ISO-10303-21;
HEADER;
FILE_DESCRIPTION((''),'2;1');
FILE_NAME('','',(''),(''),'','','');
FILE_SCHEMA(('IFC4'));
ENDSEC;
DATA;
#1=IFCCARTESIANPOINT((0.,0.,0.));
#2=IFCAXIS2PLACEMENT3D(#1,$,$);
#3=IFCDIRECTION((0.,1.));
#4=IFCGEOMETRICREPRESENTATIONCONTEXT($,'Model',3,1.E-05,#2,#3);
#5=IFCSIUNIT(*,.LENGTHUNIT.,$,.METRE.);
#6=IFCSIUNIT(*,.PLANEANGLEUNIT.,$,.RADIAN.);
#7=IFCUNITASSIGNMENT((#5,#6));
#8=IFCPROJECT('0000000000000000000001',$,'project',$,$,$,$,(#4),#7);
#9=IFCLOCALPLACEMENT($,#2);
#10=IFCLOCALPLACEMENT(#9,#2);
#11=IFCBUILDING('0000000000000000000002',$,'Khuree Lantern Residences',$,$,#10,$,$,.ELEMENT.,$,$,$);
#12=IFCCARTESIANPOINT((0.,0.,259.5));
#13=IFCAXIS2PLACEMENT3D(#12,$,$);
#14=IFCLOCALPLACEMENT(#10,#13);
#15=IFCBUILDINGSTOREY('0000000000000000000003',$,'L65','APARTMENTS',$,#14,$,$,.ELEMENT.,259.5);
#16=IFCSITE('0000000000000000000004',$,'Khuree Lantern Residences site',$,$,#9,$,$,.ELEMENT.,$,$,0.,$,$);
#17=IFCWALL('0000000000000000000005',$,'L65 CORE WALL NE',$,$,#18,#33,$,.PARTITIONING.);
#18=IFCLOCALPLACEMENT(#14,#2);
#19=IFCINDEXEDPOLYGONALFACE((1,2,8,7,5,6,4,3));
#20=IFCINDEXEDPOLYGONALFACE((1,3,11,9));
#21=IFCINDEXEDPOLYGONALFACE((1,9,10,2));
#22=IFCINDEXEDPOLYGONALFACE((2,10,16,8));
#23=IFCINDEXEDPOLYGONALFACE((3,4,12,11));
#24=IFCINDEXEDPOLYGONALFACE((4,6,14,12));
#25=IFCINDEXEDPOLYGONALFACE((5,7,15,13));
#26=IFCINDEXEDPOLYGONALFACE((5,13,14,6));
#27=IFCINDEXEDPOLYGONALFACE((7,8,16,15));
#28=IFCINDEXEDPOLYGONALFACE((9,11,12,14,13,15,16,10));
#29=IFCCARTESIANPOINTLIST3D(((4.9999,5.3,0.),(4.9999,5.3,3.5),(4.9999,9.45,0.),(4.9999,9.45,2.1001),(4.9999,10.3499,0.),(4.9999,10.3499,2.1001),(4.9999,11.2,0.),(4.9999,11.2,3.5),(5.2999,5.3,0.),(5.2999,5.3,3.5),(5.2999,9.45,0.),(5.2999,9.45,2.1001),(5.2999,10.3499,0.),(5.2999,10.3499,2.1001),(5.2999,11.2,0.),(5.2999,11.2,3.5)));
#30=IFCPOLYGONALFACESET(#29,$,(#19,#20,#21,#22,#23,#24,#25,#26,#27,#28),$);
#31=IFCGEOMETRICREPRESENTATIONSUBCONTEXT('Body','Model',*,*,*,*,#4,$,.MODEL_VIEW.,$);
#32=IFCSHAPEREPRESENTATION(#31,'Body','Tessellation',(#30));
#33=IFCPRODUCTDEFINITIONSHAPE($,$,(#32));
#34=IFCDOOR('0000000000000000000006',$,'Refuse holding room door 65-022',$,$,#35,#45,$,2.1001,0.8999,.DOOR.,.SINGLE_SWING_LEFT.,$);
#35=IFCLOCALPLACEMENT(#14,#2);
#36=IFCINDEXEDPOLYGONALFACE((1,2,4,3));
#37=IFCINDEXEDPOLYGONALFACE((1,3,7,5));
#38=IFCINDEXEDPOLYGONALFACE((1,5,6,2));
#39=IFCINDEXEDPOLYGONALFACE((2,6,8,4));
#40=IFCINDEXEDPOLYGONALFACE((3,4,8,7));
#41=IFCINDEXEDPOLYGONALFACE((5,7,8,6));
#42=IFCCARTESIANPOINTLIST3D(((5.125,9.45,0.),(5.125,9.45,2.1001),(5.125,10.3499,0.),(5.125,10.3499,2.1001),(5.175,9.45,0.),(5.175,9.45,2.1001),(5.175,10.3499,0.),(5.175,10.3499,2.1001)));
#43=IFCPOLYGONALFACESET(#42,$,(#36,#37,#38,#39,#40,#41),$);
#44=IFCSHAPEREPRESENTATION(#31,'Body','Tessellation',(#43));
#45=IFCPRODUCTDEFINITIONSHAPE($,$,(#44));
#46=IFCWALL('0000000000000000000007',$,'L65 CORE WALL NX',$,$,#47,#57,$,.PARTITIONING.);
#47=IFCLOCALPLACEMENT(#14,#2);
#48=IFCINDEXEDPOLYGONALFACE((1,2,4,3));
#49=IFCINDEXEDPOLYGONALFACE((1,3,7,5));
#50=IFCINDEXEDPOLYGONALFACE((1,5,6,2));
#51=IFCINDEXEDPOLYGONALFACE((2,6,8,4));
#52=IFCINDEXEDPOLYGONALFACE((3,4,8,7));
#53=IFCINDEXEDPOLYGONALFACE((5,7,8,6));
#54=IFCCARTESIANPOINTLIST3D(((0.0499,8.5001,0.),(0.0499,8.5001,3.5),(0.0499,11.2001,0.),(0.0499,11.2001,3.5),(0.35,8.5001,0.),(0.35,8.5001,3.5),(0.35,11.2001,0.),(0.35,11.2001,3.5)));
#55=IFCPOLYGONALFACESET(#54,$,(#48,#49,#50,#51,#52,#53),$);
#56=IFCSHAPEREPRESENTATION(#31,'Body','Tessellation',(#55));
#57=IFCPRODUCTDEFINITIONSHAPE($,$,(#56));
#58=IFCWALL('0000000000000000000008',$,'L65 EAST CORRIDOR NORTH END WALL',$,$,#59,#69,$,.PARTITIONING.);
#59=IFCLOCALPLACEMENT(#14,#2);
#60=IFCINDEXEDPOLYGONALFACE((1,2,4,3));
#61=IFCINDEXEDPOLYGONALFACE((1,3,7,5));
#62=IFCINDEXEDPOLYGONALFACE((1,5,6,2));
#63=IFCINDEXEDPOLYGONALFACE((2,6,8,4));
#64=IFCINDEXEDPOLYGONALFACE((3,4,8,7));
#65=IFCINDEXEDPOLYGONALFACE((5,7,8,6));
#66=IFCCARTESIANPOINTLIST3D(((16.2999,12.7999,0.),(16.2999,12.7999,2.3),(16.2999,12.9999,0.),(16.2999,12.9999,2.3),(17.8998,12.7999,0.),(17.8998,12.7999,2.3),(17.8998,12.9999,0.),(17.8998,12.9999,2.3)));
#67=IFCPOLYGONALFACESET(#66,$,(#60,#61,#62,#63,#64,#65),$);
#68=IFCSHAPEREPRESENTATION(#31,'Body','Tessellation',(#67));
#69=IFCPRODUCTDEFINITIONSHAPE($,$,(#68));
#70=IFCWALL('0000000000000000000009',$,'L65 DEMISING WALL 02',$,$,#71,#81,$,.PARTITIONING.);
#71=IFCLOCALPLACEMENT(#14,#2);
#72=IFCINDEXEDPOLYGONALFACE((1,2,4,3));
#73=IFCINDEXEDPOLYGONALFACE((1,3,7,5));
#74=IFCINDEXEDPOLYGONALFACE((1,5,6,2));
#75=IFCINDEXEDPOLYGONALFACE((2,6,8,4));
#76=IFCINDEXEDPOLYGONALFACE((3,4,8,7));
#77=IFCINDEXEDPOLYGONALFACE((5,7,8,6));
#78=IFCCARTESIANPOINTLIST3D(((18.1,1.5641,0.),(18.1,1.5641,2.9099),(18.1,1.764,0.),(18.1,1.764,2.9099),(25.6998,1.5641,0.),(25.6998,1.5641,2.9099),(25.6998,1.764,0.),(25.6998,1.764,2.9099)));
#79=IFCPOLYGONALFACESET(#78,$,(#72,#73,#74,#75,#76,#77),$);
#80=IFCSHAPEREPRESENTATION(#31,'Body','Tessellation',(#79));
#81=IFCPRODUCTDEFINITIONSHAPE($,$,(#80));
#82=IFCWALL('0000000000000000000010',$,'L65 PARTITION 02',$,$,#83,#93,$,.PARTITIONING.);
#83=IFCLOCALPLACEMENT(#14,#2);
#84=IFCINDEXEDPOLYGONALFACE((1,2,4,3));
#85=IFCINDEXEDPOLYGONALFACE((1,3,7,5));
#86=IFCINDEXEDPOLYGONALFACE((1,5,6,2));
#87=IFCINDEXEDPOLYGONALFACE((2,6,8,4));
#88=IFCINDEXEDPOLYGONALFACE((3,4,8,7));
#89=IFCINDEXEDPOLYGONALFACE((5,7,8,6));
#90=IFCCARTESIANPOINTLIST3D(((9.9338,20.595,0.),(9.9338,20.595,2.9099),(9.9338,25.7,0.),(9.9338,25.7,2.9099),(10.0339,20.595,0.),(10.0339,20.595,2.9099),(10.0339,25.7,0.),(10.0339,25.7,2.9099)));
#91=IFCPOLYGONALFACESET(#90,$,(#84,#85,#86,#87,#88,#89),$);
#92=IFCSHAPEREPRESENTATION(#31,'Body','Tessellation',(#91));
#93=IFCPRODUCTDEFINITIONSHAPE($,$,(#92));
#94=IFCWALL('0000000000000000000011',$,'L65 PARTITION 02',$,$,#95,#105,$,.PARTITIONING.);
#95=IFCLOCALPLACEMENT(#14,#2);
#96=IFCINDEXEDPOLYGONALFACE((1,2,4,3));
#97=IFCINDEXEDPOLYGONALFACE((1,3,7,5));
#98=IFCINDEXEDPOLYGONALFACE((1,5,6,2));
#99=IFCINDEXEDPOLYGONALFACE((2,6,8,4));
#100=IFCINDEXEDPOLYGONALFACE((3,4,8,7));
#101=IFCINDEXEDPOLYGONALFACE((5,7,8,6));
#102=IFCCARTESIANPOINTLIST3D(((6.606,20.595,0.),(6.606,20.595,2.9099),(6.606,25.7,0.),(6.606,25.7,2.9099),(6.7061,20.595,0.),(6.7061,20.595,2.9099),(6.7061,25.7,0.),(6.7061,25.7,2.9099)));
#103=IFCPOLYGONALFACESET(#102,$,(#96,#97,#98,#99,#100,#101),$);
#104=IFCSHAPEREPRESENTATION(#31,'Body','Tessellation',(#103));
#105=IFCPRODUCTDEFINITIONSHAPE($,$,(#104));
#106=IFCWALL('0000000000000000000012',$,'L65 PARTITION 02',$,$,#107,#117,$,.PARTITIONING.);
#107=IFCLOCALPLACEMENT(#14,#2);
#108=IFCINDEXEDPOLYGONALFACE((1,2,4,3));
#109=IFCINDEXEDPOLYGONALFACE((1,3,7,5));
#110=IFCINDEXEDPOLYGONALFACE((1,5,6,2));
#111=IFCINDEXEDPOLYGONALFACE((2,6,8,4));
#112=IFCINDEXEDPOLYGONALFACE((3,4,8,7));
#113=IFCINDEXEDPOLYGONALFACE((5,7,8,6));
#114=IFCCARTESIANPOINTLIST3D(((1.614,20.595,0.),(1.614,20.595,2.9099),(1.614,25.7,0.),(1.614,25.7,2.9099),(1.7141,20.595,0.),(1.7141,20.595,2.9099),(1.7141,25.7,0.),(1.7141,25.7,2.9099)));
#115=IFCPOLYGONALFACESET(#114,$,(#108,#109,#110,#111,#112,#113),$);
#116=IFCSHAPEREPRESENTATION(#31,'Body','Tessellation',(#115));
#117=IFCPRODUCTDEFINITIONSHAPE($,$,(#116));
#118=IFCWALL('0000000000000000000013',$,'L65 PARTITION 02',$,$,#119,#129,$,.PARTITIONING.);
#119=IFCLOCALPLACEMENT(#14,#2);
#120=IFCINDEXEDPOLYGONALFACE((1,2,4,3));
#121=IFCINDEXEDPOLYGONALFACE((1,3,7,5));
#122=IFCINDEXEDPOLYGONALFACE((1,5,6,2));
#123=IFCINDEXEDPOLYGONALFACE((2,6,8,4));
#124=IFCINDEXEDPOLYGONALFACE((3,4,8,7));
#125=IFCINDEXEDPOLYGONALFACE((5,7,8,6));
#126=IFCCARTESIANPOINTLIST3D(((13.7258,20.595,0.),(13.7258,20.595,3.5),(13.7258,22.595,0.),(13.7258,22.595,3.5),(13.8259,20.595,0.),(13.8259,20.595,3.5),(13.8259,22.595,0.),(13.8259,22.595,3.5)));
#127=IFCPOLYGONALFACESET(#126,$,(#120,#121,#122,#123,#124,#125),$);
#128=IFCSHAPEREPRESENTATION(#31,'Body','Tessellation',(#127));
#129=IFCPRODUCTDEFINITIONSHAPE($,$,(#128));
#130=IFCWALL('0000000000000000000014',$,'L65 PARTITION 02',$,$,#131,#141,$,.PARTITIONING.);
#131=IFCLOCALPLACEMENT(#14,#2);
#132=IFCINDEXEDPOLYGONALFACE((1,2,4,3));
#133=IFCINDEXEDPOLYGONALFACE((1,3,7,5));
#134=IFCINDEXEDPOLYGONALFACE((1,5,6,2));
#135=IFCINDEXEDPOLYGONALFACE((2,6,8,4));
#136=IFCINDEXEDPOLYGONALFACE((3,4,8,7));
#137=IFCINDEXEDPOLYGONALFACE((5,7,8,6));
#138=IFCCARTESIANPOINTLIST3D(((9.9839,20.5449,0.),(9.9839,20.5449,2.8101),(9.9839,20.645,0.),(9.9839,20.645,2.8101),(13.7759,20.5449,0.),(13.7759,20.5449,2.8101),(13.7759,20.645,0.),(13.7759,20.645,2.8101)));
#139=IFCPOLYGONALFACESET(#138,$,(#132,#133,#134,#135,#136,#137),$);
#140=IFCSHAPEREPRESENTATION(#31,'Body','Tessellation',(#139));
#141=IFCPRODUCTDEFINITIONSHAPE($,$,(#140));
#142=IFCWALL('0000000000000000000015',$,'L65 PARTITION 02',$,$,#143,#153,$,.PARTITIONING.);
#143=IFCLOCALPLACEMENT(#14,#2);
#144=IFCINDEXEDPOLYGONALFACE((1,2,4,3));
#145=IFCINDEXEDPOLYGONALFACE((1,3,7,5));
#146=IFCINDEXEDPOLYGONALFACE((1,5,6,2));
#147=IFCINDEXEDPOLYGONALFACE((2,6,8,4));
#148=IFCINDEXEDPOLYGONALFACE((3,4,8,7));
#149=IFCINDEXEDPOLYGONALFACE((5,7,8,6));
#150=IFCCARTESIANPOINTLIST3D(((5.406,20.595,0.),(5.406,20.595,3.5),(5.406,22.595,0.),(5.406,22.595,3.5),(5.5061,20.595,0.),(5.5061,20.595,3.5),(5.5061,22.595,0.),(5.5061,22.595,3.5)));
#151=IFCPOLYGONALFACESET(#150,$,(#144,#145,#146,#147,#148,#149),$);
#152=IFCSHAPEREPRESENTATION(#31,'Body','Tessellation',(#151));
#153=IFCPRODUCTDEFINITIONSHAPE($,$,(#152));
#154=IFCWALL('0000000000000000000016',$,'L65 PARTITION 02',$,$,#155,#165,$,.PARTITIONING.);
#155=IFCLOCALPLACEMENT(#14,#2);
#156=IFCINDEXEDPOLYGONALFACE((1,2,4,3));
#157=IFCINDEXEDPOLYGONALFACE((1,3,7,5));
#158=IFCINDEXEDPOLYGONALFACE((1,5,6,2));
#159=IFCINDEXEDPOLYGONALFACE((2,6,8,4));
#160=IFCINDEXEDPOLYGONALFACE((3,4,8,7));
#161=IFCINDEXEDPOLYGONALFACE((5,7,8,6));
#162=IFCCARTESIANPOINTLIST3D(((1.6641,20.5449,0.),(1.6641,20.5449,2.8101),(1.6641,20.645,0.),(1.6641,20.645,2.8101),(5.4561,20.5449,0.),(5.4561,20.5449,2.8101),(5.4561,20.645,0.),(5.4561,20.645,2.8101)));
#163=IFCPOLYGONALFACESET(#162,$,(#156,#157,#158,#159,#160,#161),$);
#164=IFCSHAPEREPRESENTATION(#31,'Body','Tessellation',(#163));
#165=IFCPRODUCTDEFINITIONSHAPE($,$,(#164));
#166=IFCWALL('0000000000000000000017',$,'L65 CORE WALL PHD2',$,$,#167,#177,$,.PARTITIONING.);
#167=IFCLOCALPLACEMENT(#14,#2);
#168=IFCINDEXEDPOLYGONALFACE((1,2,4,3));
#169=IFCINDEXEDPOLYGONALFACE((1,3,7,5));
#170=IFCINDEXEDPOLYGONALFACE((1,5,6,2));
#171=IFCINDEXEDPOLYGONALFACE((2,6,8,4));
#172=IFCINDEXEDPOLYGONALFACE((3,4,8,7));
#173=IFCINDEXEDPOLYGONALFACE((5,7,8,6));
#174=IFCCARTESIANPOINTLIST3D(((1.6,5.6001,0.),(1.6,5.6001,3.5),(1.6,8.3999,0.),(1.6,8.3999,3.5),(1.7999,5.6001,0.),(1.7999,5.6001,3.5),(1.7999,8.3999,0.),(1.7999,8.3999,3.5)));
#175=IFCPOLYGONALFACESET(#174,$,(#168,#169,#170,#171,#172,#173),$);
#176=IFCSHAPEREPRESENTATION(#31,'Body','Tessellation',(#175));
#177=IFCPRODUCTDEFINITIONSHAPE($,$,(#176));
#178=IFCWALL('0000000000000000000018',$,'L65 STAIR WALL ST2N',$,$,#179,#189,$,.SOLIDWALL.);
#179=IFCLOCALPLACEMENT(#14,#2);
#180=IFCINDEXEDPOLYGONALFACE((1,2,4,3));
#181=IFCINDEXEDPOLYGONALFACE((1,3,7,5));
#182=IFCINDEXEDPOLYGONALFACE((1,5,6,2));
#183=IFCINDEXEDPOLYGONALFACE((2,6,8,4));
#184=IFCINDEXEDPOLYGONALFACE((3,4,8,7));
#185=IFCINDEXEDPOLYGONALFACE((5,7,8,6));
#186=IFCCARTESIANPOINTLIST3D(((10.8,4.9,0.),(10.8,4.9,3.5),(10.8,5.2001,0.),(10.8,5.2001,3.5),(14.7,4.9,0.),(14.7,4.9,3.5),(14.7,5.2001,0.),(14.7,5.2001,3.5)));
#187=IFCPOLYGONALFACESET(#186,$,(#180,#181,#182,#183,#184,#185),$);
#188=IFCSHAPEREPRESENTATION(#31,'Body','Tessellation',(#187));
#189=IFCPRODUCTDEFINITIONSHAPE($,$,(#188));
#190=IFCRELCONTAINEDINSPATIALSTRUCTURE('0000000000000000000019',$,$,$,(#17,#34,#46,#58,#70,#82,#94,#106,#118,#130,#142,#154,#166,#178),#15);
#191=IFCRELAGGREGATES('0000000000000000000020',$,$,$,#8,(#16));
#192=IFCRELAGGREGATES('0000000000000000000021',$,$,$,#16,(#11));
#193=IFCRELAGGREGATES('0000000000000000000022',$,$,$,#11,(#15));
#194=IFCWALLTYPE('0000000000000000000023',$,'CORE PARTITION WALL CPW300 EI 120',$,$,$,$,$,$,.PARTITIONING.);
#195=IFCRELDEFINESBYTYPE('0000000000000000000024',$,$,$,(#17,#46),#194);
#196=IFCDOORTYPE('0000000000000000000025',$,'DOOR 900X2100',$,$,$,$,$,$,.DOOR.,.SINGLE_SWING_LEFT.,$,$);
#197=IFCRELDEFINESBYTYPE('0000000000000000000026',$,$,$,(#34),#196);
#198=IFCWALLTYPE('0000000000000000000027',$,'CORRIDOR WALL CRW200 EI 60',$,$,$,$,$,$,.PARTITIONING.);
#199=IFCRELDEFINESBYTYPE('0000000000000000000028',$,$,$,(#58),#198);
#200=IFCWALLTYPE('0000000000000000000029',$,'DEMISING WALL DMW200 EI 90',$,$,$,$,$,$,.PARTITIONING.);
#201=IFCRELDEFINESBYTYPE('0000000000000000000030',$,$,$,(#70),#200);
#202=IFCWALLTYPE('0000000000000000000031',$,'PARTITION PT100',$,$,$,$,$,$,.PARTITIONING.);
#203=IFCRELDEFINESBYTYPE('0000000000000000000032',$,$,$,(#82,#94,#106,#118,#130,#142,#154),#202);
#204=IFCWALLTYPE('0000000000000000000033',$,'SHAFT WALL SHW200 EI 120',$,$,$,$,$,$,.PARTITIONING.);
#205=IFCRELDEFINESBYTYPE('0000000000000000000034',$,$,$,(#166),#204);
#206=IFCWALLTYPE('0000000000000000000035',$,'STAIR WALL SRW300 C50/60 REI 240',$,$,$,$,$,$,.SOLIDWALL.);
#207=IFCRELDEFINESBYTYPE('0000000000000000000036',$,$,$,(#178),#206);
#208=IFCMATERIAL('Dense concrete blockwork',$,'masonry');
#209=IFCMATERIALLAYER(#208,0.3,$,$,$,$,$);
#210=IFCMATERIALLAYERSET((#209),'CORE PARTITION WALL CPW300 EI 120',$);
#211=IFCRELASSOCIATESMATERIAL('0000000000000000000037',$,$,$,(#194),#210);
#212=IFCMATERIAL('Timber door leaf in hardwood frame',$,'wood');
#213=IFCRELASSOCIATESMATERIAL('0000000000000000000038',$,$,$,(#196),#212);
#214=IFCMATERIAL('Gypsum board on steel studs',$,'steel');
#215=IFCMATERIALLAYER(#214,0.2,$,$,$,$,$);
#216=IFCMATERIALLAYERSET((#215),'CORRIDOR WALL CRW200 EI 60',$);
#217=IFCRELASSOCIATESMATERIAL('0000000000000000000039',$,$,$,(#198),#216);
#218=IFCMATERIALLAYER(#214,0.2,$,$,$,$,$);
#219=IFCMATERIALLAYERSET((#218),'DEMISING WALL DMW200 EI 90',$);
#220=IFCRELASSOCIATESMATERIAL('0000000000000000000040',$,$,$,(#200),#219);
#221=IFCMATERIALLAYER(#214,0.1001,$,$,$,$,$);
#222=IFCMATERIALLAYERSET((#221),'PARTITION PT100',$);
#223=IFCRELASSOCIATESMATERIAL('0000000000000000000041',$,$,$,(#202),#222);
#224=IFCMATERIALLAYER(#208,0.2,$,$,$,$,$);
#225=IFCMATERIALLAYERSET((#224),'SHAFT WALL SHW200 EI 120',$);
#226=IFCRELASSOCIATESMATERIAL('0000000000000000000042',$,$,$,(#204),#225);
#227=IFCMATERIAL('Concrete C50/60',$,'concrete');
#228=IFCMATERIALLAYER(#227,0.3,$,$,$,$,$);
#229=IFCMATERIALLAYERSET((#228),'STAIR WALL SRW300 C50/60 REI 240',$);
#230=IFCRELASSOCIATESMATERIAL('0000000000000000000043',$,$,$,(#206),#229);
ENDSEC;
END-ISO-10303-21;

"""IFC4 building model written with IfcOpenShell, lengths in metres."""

from ifc_helpers import new_model, si_unit, direction, frame, frame_2d, origin, place, context, subcontext, project, spatial, rectangle, extrude, material, layer, layer_set, type_object, element, fill, save


model = new_model("IFC4")

# Units and contexts
model_context = context("Model", 3, precision=1e-05, world=origin(), true_north=direction((0.0, 1.0)))
body_context = subcontext(model_context, "Body", "Model", "MODEL_VIEW")
ifc_project = project(units=[si_unit("LENGTHUNIT", "METRE"), si_unit("PLANEANGLEUNIT", "RADIAN")], contexts=[model_context])

# Site, building, storey
site_placement = place(None, origin())
site = spatial("IfcSite", under=ifc_project, at=site_placement, Name="Khuree Lantern Residences site", CompositionType="ELEMENT", RefElevation=0.0)
building_placement = place(site_placement, origin())
building = spatial("IfcBuilding", under=site, at=building_placement, Name="Khuree Lantern Residences", CompositionType="ELEMENT")
storey_placement = place(building_placement, frame((0.0, 0.0, 259.5)))
storey = spatial("IfcBuildingStorey", under=building, at=storey_placement, Name="L65", Description="APARTMENTS", CompositionType="ELEMENT", Elevation=259.5)

# Shared definitions
ifc_material_1 = material(Name="Concrete C50/60", Category="concrete")

# Shared definitions
ifc_material_2 = material(Name="Dense concrete blockwork", Category="masonry")
ifc_layer_1 = layer(ifc_material_2, 0.3)
ifc_layer_set_1 = layer_set([ifc_layer_1], Name="CORE PARTITION WALL CPW300 EI 120")
wall_type_1 = type_object("IfcWallType", Name="CORE PARTITION WALL CPW300 EI 120", PredefinedType="PARTITIONING", material=ifc_layer_set_1)

# Wall, opening, door
wall_1_placement = place(storey_placement, frame((5.1499, 5.3, 0.0), z_axis=(0.0, 0.0, 1.0), x_axis=(0.0, 1.0, 0.0)))
wall_1 = element("IfcWall", 1, at=wall_1_placement, inside=storey, type_object=wall_type_1, Name="L65 CORE WALL NE", PredefinedType="PARTITIONING", context=body_context, shape_type="SweptSolid", body=[
    extrude(rectangle(XDim=5.8999, YDim=0.3, at=frame_2d((2.95, 0.0))), origin(), (0.0, 0.0, 1.0), 3.5),
])
opening_placement = place(wall_1_placement, frame((4.1499, 0.0, 0.0)))
opening = element("IfcOpeningElement", 2, at=opening_placement, cuts=wall_1, PredefinedType="OPENING", context=body_context, shape_type="SweptSolid", body=[
    extrude(rectangle(XDim=0.8999, YDim=2.1001, at=frame_2d((0.45, 1.05))), frame((0.0, 0.1602, 0.0), z_axis=(0.0, -1.0, 0.0), x_axis=(1.0, 0.0, 0.0)), (0.0, 0.0, 1.0), 0.3201),
])
ifc_material_3 = material(Name="Timber door leaf in hardwood frame", Category="wood")
door_type = type_object("IfcDoorType", Name="DOOR 900X2100", OperationType="SINGLE_SWING_LEFT", PredefinedType="DOOR", material=ifc_material_3)
door_placement = place(opening_placement, origin())
door = element("IfcDoor", 3, at=door_placement, inside=storey, type_object=door_type, Name="Refuse holding room door 65-022", OperationType="SINGLE_SWING_LEFT", OverallHeight=2.1001, OverallWidth=0.8999, PredefinedType="DOOR", context=body_context, shape_type="SweptSolid", body=[
    extrude(rectangle(XDim=0.8999, YDim=2.1001, at=frame_2d((0.45, 1.05))), frame((0.0, 0.0249, 0.0), z_axis=(0.0, -1.0, 0.0), x_axis=(1.0, 0.0, 0.0)), (0.0, 0.0, 1.0), 0.05),
])
fill(opening, door)

# Walls
wall_2_placement = place(storey_placement, frame((0.2, 8.5, 0.0), z_axis=(0.0, 0.0, 1.0), x_axis=(0.0, 1.0, 0.0)))
element("IfcWall", 4, at=wall_2_placement, inside=storey, type_object=wall_type_1, Name="L65 CORE WALL NX", PredefinedType="PARTITIONING", context=body_context, shape_type="SweptSolid", body=[
    extrude(rectangle(XDim=2.7, YDim=0.3, at=frame_2d((1.3501, 0.0))), origin(), (0.0, 0.0, 1.0), 3.5),
])
ifc_material_4 = material(Name="Gypsum board on steel studs", Category="steel")
ifc_layer_2 = layer(ifc_material_4, 0.2)
ifc_layer_set_2 = layer_set([ifc_layer_2], Name="CORRIDOR WALL CRW200 EI 60")
wall_type_2 = type_object("IfcWallType", Name="CORRIDOR WALL CRW200 EI 60", PredefinedType="PARTITIONING", material=ifc_layer_set_2)
wall_3_placement = place(storey_placement, frame((16.3, 12.8999, 0.0), z_axis=(0.0, 0.0, 1.0), x_axis=(1.0, 0.0, 0.0)))
element("IfcWall", 5, at=wall_3_placement, inside=storey, type_object=wall_type_2, Name="L65 EAST CORRIDOR NORTH END WALL", PredefinedType="PARTITIONING", context=body_context, shape_type="SweptSolid", body=[
    extrude(rectangle(XDim=1.5999, YDim=0.2, at=frame_2d((0.7998, 0.0))), origin(), (0.0, 0.0, 1.0), 2.3),
])
ifc_layer_3 = layer(ifc_material_4, 0.2)
ifc_layer_set_3 = layer_set([ifc_layer_3], Name="DEMISING WALL DMW200 EI 90")
wall_type_3 = type_object("IfcWallType", Name="DEMISING WALL DMW200 EI 90", PredefinedType="PARTITIONING", material=ifc_layer_set_3)
wall_4_placement = place(storey_placement, frame((18.1001, 1.6641, 0.0), z_axis=(0.0, 0.0, 1.0), x_axis=(1.0, 0.0, 0.0)))
element("IfcWall", 6, at=wall_4_placement, inside=storey, type_object=wall_type_3, Name="L65 DEMISING WALL 02", PredefinedType="PARTITIONING", context=body_context, shape_type="SweptSolid", body=[
    extrude(rectangle(XDim=7.5999, YDim=0.2, at=frame_2d((3.7998, 0.0))), origin(), (0.0, 0.0, 1.0), 2.9099),
])
ifc_layer_4 = layer(ifc_material_4, 0.1001)
ifc_layer_set_4 = layer_set([ifc_layer_4], Name="PARTITION PT100")
wall_type_4 = type_object("IfcWallType", Name="PARTITION PT100", PredefinedType="PARTITIONING", material=ifc_layer_set_4)
for number, where, z_axis, x_axis, name in (
    (7, (9.9839, 20.595, 0.0), (0.0, 0.0, 1.0), (0.0, 1.0, 0.0), "L65 PARTITION 02"),
    (8, (6.656, 20.595, 0.0), (0.0, 0.0, 1.0), (0.0, 1.0, 0.0), "L65 PARTITION 02"),
    (9, (1.6641, 20.595, 0.0), (0.0, 0.0, 1.0), (0.0, 1.0, 0.0), "L65 PARTITION 02"),
):
    element("IfcWall", number, at=place(storey_placement, frame(where, z_axis=z_axis, x_axis=x_axis)), inside=storey, type_object=wall_type_4, Name=name, PredefinedType="PARTITIONING", context=body_context, shape_type="SweptSolid", body=[
        extrude(rectangle(XDim=5.105, YDim=0.1001, at=frame_2d((2.5525, 0.0))), origin(), (0.0, 0.0, 1.0), 2.9099),
    ])
wall_5_placement = place(storey_placement, frame((13.7759, 20.595, 0.0), z_axis=(0.0, 0.0, 1.0), x_axis=(0.0, 1.0, 0.0)))
element("IfcWall", 10, at=wall_5_placement, inside=storey, type_object=wall_type_4, Name="L65 PARTITION 02", PredefinedType="PARTITIONING", context=body_context, shape_type="SweptSolid", body=[
    extrude(rectangle(XDim=2.0, YDim=0.1001, at=frame_2d((1.0, 0.0))), origin(), (0.0, 0.0, 1.0), 3.5),
])
wall_6_placement = place(storey_placement, frame((13.7759, 20.595, 0.0), z_axis=(0.0, 0.0, 1.0), x_axis=(-1.0, 0.0, 0.0)))
element("IfcWall", 11, at=wall_6_placement, inside=storey, type_object=wall_type_4, Name="L65 PARTITION 02", PredefinedType="PARTITIONING", context=body_context, shape_type="SweptSolid", body=[
    extrude(rectangle(XDim=3.792, YDim=0.1001, at=frame_2d((1.896, 0.0))), origin(), (0.0, 0.0, 1.0), 2.8101),
])
wall_7_placement = place(storey_placement, frame((5.4561, 20.595, 0.0), z_axis=(0.0, 0.0, 1.0), x_axis=(0.0, 1.0, 0.0)))
element("IfcWall", 12, at=wall_7_placement, inside=storey, type_object=wall_type_4, Name="L65 PARTITION 02", PredefinedType="PARTITIONING", context=body_context, shape_type="SweptSolid", body=[
    extrude(rectangle(XDim=2.0, YDim=0.1001, at=frame_2d((1.0, 0.0))), origin(), (0.0, 0.0, 1.0), 3.5),
])
wall_8_placement = place(storey_placement, frame((5.4561, 20.595, 0.0), z_axis=(0.0, 0.0, 1.0), x_axis=(-1.0, 0.0, 0.0)))
element("IfcWall", 13, at=wall_8_placement, inside=storey, type_object=wall_type_4, Name="L65 PARTITION 02", PredefinedType="PARTITIONING", context=body_context, shape_type="SweptSolid", body=[
    extrude(rectangle(XDim=3.792, YDim=0.1001, at=frame_2d((1.896, 0.0))), origin(), (0.0, 0.0, 1.0), 2.8101),
])
ifc_layer_5 = layer(ifc_material_2, 0.2)
ifc_layer_set_5 = layer_set([ifc_layer_5], Name="SHAFT WALL SHW200 EI 120")
wall_type_5 = type_object("IfcWallType", Name="SHAFT WALL SHW200 EI 120", PredefinedType="PARTITIONING", material=ifc_layer_set_5)
wall_9_placement = place(storey_placement, frame((1.7, 5.6001, 0.0), z_axis=(0.0, 0.0, 1.0), x_axis=(0.0, 1.0, 0.0)))
element("IfcWall", 14, at=wall_9_placement, inside=storey, type_object=wall_type_5, Name="L65 CORE WALL PHD2", PredefinedType="PARTITIONING", context=body_context, shape_type="SweptSolid", body=[
    extrude(rectangle(XDim=2.7998, YDim=0.2, at=frame_2d((1.3999, 0.0))), origin(), (0.0, 0.0, 1.0), 3.5),
])
ifc_layer_6 = layer(ifc_material_1, 0.3)
ifc_layer_set_6 = layer_set([ifc_layer_6], Name="STAIR WALL SRW300 C50/60 REI 240")
wall_type_6 = type_object("IfcWallType", Name="STAIR WALL SRW300 C50/60 REI 240", PredefinedType="SOLIDWALL", material=ifc_layer_set_6)
wall_10_placement = place(storey_placement, frame((14.7, 5.05, 0.0), z_axis=(0.0, 0.0, 1.0), x_axis=(-1.0, 0.0, 0.0)))
element("IfcWall", 15, at=wall_10_placement, inside=storey, type_object=wall_type_6, Name="L65 STAIR WALL ST2N", PredefinedType="SOLIDWALL", context=body_context, shape_type="SweptSolid", body=[
    extrude(rectangle(XDim=3.8999, YDim=0.3, at=frame_2d((1.95, 0.0))), origin(), (0.0, 0.0, 1.0), 3.5),
])

save(model, "model.ifc")
